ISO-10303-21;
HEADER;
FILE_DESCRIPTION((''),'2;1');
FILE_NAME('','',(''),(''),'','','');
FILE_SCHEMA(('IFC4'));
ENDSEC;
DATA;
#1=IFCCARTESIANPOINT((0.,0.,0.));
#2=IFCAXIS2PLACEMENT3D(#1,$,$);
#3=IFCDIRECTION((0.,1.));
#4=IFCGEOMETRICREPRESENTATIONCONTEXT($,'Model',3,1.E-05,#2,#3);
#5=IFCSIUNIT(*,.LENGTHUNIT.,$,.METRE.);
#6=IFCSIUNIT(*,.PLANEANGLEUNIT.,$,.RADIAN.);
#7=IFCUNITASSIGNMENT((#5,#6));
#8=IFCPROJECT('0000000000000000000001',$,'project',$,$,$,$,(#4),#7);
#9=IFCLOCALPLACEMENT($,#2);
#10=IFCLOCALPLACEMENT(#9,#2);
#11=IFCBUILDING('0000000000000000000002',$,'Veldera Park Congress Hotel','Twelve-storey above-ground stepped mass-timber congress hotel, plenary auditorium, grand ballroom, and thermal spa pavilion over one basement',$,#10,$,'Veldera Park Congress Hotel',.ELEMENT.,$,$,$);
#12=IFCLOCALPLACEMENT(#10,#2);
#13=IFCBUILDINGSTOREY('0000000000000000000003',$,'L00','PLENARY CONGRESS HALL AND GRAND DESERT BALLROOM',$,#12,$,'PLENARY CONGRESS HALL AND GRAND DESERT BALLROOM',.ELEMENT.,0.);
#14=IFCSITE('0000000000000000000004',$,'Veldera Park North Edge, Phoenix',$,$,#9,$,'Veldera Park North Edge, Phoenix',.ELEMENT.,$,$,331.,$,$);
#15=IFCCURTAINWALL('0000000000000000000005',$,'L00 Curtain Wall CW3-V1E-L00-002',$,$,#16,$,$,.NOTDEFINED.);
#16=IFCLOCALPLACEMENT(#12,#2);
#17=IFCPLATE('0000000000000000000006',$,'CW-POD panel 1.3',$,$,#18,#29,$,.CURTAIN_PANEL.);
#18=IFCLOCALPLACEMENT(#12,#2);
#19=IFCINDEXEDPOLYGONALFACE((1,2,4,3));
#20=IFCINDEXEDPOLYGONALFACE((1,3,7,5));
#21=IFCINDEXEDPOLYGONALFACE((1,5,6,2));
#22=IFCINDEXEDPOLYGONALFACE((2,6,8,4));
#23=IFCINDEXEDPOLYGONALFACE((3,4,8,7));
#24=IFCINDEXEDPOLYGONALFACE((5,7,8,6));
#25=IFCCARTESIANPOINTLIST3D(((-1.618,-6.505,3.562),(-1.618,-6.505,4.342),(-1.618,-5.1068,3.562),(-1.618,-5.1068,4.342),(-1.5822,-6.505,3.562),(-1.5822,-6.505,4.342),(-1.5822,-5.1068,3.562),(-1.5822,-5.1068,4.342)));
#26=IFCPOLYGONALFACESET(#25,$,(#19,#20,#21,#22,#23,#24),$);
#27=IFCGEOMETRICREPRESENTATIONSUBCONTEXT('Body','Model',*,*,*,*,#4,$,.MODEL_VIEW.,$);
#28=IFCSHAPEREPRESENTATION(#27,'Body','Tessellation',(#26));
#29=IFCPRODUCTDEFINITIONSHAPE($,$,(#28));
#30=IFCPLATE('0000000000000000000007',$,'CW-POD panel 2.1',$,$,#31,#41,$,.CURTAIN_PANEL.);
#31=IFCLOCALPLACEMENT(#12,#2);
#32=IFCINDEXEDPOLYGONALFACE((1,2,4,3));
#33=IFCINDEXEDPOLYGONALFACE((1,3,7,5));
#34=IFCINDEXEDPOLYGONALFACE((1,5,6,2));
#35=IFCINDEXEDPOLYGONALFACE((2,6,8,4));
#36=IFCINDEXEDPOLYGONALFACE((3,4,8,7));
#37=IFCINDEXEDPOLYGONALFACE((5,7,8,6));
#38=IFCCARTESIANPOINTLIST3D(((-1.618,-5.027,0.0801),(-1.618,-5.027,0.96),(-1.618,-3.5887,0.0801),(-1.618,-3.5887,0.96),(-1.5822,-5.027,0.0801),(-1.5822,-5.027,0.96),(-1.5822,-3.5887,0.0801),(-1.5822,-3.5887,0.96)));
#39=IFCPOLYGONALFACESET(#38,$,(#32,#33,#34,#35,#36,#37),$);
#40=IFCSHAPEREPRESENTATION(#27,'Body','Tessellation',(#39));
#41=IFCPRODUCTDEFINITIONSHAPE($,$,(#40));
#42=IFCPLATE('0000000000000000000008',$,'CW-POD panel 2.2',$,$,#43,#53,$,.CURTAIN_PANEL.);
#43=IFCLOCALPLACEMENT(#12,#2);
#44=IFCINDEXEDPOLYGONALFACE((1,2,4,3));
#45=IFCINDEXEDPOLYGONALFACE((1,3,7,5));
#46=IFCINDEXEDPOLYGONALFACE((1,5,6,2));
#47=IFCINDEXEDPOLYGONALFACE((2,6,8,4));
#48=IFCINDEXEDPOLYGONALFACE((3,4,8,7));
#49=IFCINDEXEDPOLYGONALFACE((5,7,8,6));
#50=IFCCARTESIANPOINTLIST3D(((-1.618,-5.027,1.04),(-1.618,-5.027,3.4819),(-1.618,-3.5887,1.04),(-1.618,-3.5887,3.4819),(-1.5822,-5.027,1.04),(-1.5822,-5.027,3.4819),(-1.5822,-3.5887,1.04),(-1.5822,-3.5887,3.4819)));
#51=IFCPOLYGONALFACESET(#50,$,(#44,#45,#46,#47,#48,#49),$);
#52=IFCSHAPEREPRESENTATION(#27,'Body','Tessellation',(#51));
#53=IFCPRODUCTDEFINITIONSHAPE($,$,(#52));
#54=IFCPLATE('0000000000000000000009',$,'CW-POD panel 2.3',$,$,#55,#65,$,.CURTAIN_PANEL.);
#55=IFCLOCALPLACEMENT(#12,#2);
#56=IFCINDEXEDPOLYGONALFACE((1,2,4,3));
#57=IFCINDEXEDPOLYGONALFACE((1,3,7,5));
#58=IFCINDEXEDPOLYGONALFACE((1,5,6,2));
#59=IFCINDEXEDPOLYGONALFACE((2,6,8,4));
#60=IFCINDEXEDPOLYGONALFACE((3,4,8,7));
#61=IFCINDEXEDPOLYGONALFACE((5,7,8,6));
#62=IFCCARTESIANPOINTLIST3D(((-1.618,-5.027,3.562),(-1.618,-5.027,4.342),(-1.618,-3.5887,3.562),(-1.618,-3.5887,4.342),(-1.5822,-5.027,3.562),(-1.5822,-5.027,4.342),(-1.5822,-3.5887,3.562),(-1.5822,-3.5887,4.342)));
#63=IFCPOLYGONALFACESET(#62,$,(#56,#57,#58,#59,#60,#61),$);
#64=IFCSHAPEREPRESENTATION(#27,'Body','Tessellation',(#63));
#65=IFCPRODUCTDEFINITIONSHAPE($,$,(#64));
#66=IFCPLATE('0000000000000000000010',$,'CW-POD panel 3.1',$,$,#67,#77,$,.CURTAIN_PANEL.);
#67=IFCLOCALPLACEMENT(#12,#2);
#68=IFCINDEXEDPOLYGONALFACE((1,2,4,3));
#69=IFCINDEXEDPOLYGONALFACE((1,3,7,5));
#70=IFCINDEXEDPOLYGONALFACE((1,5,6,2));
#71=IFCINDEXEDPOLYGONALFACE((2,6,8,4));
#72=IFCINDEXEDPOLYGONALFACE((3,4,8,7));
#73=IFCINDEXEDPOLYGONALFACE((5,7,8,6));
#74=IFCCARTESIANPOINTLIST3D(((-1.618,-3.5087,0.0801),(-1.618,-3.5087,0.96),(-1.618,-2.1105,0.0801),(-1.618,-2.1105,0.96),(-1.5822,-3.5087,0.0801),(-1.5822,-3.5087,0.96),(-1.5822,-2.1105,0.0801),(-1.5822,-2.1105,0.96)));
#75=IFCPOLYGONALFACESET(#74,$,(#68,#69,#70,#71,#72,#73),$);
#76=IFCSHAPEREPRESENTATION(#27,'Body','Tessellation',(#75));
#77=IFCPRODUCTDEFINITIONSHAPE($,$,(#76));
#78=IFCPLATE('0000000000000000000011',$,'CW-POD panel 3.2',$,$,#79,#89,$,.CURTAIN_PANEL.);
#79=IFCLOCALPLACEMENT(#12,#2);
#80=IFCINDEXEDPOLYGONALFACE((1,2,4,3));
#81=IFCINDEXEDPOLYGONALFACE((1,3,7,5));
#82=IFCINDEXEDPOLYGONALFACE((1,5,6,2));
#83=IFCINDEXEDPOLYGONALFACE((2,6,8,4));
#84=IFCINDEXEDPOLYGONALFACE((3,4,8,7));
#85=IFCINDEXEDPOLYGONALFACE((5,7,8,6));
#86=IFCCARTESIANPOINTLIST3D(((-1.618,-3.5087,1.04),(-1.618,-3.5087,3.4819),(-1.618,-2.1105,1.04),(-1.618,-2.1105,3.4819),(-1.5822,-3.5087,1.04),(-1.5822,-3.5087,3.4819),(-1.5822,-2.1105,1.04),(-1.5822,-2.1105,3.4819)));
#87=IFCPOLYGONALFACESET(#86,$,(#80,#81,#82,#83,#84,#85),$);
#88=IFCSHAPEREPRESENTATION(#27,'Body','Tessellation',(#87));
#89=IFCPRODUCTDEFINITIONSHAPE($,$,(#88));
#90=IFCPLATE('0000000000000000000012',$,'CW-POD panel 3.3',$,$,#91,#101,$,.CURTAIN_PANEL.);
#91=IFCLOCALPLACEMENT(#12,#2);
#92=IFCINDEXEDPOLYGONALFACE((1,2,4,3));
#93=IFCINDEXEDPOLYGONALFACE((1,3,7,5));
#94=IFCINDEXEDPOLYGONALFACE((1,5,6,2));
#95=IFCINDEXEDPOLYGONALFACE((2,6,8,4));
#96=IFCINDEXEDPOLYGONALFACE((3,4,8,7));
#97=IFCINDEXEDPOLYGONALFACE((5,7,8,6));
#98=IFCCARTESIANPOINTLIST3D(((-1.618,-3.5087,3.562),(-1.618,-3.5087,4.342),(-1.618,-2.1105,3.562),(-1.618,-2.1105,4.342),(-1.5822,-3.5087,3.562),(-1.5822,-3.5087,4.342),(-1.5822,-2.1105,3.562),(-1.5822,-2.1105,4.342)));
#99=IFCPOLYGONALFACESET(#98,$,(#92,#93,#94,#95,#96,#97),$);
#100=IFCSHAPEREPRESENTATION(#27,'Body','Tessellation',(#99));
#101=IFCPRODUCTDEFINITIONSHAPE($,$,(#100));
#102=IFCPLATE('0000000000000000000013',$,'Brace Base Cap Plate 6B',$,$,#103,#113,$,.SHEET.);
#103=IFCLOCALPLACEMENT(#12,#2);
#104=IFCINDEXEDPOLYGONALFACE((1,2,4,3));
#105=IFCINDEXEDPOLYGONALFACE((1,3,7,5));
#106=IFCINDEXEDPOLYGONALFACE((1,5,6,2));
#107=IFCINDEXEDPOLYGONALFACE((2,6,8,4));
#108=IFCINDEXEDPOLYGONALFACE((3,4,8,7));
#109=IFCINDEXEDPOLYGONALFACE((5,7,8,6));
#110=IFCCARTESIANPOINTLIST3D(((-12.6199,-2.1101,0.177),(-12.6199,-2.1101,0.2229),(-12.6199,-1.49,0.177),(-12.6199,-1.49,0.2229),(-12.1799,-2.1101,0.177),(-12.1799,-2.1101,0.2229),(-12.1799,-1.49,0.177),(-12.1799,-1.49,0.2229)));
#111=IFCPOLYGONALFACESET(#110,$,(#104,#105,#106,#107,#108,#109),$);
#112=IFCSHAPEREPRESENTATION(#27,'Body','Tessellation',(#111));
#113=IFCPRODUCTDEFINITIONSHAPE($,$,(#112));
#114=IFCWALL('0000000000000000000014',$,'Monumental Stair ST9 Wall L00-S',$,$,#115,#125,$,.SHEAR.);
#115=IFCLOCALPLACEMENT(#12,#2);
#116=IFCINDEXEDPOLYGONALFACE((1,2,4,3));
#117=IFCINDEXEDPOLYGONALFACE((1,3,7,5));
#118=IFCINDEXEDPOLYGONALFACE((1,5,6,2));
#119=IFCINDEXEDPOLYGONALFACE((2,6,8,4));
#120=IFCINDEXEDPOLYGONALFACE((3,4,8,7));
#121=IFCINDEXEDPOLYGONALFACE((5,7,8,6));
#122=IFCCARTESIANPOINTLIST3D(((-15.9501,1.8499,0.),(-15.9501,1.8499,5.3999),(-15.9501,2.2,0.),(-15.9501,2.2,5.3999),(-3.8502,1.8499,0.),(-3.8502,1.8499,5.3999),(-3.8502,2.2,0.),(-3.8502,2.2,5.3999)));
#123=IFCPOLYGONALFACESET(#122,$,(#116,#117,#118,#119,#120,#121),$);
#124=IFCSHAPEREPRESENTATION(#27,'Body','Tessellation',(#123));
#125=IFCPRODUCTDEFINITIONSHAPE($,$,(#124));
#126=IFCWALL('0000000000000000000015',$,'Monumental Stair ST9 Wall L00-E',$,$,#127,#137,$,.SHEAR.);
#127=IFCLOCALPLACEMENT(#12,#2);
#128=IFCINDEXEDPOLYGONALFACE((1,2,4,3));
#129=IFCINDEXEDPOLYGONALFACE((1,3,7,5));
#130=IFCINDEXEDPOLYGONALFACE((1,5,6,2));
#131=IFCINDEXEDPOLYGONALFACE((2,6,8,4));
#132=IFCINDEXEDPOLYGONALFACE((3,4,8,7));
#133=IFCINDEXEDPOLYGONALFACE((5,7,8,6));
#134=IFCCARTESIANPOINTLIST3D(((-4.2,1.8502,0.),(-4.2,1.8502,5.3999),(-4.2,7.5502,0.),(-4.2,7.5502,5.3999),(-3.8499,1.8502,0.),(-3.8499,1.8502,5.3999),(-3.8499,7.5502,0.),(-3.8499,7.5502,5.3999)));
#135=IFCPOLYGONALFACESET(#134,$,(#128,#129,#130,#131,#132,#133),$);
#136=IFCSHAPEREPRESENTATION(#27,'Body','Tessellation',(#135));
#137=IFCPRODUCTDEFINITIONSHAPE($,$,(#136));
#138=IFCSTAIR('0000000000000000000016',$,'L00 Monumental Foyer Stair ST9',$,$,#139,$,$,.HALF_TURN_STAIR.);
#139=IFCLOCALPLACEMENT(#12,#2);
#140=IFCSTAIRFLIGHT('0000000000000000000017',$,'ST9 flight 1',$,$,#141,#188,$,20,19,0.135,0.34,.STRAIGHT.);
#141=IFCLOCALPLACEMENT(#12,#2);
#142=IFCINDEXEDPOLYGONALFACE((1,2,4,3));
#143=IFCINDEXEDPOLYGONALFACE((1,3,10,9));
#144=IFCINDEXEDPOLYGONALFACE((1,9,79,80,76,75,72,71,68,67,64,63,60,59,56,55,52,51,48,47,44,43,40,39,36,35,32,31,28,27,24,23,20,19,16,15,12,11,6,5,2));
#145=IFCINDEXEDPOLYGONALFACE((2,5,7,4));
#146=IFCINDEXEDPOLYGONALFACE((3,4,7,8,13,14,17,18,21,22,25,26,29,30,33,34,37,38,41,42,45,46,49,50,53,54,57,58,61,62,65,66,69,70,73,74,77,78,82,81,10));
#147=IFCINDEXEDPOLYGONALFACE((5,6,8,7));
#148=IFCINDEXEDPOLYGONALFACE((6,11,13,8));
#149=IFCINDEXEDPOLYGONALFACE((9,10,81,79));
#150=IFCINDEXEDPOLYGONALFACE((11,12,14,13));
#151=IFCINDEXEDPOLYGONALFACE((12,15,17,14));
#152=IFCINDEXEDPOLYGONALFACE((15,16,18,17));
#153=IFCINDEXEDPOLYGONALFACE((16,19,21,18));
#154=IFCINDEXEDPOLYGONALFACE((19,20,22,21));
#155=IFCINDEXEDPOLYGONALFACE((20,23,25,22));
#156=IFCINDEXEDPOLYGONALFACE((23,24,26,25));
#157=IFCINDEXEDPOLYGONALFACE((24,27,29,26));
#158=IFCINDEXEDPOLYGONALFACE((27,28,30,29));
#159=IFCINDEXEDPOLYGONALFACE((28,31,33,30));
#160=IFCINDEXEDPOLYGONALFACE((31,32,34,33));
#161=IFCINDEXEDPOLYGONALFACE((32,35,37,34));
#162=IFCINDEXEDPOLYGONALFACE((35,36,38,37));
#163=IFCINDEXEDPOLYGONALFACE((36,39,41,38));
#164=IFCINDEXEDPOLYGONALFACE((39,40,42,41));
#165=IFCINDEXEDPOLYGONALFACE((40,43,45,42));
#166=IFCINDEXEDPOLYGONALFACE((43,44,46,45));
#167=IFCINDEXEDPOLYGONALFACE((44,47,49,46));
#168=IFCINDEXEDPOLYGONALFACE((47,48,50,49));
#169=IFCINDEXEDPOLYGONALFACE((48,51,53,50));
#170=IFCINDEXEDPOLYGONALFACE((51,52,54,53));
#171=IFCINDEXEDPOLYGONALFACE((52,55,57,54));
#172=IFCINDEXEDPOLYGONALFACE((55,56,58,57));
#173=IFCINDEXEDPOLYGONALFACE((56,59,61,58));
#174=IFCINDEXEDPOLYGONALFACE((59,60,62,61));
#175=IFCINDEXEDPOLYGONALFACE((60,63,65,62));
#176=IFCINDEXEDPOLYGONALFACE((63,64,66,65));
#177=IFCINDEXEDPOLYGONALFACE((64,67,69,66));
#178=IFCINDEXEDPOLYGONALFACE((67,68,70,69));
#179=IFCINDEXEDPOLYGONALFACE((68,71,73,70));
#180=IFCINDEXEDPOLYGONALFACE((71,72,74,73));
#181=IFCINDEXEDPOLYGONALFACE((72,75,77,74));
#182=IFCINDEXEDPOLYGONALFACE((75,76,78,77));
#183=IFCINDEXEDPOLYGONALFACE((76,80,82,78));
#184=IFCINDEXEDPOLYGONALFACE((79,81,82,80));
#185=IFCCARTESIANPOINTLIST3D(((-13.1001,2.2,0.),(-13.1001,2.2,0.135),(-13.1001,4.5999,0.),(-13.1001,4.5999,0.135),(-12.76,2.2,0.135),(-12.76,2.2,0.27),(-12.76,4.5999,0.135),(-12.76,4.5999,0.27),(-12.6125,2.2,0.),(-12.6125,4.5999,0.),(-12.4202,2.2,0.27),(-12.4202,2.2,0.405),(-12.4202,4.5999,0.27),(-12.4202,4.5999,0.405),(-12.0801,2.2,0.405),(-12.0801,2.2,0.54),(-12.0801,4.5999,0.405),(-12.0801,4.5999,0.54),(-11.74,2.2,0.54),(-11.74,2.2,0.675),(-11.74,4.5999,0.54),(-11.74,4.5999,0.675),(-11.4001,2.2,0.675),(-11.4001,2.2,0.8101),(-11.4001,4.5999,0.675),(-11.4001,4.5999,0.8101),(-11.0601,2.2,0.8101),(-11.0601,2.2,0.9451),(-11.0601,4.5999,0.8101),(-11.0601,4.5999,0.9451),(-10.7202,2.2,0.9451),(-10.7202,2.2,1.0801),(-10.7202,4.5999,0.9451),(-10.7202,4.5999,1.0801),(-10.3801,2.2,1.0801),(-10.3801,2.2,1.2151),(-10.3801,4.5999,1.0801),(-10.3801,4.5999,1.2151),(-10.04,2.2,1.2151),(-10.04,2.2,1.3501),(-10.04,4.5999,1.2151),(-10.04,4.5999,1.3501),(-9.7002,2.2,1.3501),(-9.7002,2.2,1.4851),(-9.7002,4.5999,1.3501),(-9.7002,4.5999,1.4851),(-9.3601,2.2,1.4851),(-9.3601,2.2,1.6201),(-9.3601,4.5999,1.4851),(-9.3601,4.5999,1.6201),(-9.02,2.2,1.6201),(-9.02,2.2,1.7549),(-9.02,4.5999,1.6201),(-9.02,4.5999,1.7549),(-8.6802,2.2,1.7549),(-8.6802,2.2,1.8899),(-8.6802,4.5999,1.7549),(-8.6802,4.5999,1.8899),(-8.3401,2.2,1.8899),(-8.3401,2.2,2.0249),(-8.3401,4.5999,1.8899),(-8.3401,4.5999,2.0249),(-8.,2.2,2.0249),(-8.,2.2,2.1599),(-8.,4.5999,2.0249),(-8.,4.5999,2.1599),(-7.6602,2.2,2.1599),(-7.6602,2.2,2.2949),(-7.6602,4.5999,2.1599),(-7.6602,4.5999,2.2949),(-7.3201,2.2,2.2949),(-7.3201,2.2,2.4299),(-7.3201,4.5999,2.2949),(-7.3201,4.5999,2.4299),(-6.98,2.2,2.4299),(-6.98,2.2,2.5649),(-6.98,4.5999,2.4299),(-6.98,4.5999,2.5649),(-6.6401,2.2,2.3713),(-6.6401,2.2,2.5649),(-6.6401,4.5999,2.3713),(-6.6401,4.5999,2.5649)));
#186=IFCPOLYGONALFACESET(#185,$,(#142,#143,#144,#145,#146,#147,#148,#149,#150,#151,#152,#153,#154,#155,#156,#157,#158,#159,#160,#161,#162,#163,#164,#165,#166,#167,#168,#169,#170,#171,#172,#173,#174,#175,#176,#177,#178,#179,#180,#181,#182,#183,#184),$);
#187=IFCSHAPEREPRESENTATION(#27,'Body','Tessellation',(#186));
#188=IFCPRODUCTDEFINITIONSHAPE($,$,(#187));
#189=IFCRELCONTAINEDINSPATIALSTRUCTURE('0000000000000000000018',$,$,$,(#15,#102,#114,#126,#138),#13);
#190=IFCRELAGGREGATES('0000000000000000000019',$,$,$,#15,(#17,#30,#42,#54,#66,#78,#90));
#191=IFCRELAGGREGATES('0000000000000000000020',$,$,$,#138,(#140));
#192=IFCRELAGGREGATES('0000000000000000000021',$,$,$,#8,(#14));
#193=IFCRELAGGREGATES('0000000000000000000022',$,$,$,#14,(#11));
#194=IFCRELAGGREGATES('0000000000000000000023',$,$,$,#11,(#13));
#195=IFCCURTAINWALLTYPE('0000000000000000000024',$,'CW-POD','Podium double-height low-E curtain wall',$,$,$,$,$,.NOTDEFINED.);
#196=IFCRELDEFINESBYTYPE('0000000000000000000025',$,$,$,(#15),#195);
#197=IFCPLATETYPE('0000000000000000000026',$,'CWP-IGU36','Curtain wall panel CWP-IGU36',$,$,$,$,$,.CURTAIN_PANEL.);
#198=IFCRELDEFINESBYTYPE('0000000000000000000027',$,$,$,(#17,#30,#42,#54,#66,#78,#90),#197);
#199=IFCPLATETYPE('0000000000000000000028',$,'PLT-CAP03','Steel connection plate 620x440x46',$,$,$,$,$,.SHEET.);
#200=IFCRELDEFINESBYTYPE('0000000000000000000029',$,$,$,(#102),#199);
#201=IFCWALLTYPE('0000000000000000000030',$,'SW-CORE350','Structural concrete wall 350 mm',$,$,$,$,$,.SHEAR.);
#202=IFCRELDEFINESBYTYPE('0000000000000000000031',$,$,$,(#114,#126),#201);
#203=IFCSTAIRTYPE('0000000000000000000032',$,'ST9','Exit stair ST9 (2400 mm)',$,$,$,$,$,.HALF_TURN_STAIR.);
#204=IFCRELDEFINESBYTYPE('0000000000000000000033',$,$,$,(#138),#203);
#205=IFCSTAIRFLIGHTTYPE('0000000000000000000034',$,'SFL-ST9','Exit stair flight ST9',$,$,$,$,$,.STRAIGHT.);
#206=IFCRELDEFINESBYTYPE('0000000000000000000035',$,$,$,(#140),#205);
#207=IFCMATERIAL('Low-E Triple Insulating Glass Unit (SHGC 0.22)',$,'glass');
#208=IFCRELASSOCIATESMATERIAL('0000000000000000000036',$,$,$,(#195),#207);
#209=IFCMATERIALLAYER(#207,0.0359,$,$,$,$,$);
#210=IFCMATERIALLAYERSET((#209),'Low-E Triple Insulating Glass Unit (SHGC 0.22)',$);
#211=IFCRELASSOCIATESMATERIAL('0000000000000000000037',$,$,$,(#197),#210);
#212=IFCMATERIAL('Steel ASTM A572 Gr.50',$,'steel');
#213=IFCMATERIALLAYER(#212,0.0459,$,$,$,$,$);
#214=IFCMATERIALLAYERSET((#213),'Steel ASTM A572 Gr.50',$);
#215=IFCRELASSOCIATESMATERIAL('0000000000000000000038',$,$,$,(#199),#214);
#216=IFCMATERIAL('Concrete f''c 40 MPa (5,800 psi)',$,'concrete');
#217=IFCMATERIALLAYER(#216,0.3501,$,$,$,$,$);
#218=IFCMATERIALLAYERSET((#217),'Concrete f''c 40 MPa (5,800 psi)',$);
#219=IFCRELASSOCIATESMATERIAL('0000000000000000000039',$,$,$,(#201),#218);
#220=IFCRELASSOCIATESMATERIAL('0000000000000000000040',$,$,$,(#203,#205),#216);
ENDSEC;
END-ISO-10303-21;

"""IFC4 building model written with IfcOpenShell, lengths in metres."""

from ifc_helpers import new_model, si_unit, direction, frame, frame_2d, origin, origin_2d, place, context, subcontext, project, spatial, polyline, rectangle, outline, extrude, material, layer, layer_set, type_object, element, aggregate, save


model = new_model("IFC4")

# Units and contexts
model_context = context("Model", 3, precision=1e-05, world=origin(), true_north=direction((0.0, 1.0)))
body_context = subcontext(model_context, "Body", "Model", "MODEL_VIEW")
ifc_project = project(units=[si_unit("LENGTHUNIT", "METRE"), si_unit("PLANEANGLEUNIT", "RADIAN")], contexts=[model_context])

# Site, building, storey
site_placement = place(None, origin())
site = spatial("IfcSite", under=ifc_project, at=site_placement, Name="Veldera Park North Edge, Phoenix", LongName="Veldera Park North Edge, Phoenix", CompositionType="ELEMENT", RefElevation=331.0)
building_placement = place(site_placement, origin())
building = spatial("IfcBuilding", under=site, at=building_placement, Name="Veldera Park Congress Hotel", Description="Twelve-storey above-ground stepped mass-timber congress hotel, plenary auditorium, grand ballroom, and thermal spa pavilion over one basement", LongName="Veldera Park Congress Hotel", CompositionType="ELEMENT")
storey_placement = place(building_placement, origin())
storey = spatial("IfcBuildingStorey", under=building, at=storey_placement, Name="L00", Description="PLENARY CONGRESS HALL AND GRAND DESERT BALLROOM", LongName="PLENARY CONGRESS HALL AND GRAND DESERT BALLROOM", CompositionType="ELEMENT", Elevation=0.0)

# Curtain wall
ifc_material_1 = material(Name="Low-E Triple Insulating Glass Unit (SHGC 0.22)", Category="glass")
curtain_wall_type = type_object("IfcCurtainWallType", Name="CW-POD", Description="Podium double-height low-E curtain wall", PredefinedType="NOTDEFINED", material=ifc_material_1)
curtain_wall_1_placement = place(storey_placement, origin())
curtain_wall_1 = element("IfcCurtainWall", 1, at=curtain_wall_1_placement, inside=storey, type_object=curtain_wall_type, Name="L00 Curtain Wall CW3-V1E-L00-002", PredefinedType="NOTDEFINED")

# Plates
ifc_layer_1 = layer(ifc_material_1, 0.0359)
ifc_layer_set_1 = layer_set([ifc_layer_1], Name="Low-E Triple Insulating Glass Unit (SHGC 0.22)")
plate_type_1 = type_object("IfcPlateType", Name="CWP-IGU36", Description="Curtain wall panel CWP-IGU36", PredefinedType="CURTAIN_PANEL", material=ifc_layer_set_1)
plate_1_placement = place(storey_placement, frame((-1.6001, -5.8059, 3.562), z_axis=(0.0, 0.0, 1.0), x_axis=(0.0, 1.0, 0.0)))
plate_1 = element("IfcPlate", 2, at=plate_1_placement, type_object=plate_type_1, Name="CW-POD panel 1.3", PredefinedType="CURTAIN_PANEL", context=body_context, shape_type="SweptSolid", body=[
    extrude(rectangle(XDim=1.3982, YDim=0.0359, at=origin_2d()), origin(), (0.0, 0.0, 1.0), 0.78),
])
plate_2_placement = place(storey_placement, frame((-1.6001, -4.3079, 0.0801), z_axis=(0.0, 0.0, 1.0), x_axis=(0.0, 1.0, 0.0)))
plate_2 = element("IfcPlate", 3, at=plate_2_placement, type_object=plate_type_1, Name="CW-POD panel 2.1", PredefinedType="CURTAIN_PANEL", context=body_context, shape_type="SweptSolid", body=[
    extrude(rectangle(XDim=1.4382, YDim=0.0359, at=origin_2d()), origin(), (0.0, 0.0, 1.0), 0.8799),
])
plate_3_placement = place(storey_placement, frame((-1.6001, -4.3079, 1.04), z_axis=(0.0, 0.0, 1.0), x_axis=(0.0, 1.0, 0.0)))
plate_3 = element("IfcPlate", 4, at=plate_3_placement, type_object=plate_type_1, Name="CW-POD panel 2.2", PredefinedType="CURTAIN_PANEL", context=body_context, shape_type="SweptSolid", body=[
    extrude(rectangle(XDim=1.4382, YDim=0.0359, at=origin_2d()), origin(), (0.0, 0.0, 1.0), 2.4419),
])
plate_4_placement = place(storey_placement, frame((-1.6001, -4.3079, 3.562), z_axis=(0.0, 0.0, 1.0), x_axis=(0.0, 1.0, 0.0)))
plate_4 = element("IfcPlate", 5, at=plate_4_placement, type_object=plate_type_1, Name="CW-POD panel 2.3", PredefinedType="CURTAIN_PANEL", context=body_context, shape_type="SweptSolid", body=[
    extrude(rectangle(XDim=1.4382, YDim=0.0359, at=origin_2d()), origin(), (0.0, 0.0, 1.0), 0.78),
])
plate_5_placement = place(storey_placement, frame((-1.6001, -2.8096, 0.0801), z_axis=(0.0, 0.0, 1.0), x_axis=(0.0, 1.0, 0.0)))
plate_5 = element("IfcPlate", 6, at=plate_5_placement, type_object=plate_type_1, Name="CW-POD panel 3.1", PredefinedType="CURTAIN_PANEL", context=body_context, shape_type="SweptSolid", body=[
    extrude(rectangle(XDim=1.3982, YDim=0.0359, at=origin_2d()), origin(), (0.0, 0.0, 1.0), 0.8799),
])
plate_6_placement = place(storey_placement, frame((-1.6001, -2.8096, 1.04), z_axis=(0.0, 0.0, 1.0), x_axis=(0.0, 1.0, 0.0)))
plate_6 = element("IfcPlate", 7, at=plate_6_placement, type_object=plate_type_1, Name="CW-POD panel 3.2", PredefinedType="CURTAIN_PANEL", context=body_context, shape_type="SweptSolid", body=[
    extrude(rectangle(XDim=1.3982, YDim=0.0359, at=origin_2d()), origin(), (0.0, 0.0, 1.0), 2.4419),
])
plate_7_placement = place(storey_placement, frame((-1.6001, -2.8096, 3.562), z_axis=(0.0, 0.0, 1.0), x_axis=(0.0, 1.0, 0.0)))
plate_7 = element("IfcPlate", 8, at=plate_7_placement, type_object=plate_type_1, Name="CW-POD panel 3.3", PredefinedType="CURTAIN_PANEL", context=body_context, shape_type="SweptSolid", body=[
    extrude(rectangle(XDim=1.3982, YDim=0.0359, at=origin_2d()), origin(), (0.0, 0.0, 1.0), 0.78),
])
aggregate(curtain_wall_1, [plate_1, plate_2, plate_3, plate_4, plate_5, plate_6, plate_7])
ifc_material_2 = material(Name="Steel ASTM A572 Gr.50", Category="steel")
ifc_layer_2 = layer(ifc_material_2, 0.0459)
ifc_layer_set_2 = layer_set([ifc_layer_2], Name="Steel ASTM A572 Gr.50")
plate_type_2 = type_object("IfcPlateType", Name="PLT-CAP03", Description="Steel connection plate 620x440x46", PredefinedType="SHEET", material=ifc_layer_set_2)
plate_8_placement = place(storey_placement, frame((-12.3999, -1.8, 0.177), z_axis=(0.0, 0.0, 1.0), x_axis=(0.0, 1.0, 0.0)))
element("IfcPlate", 9, at=plate_8_placement, inside=storey, type_object=plate_type_2, Name="Brace Base Cap Plate 6B", PredefinedType="SHEET", context=body_context, shape_type="SweptSolid", body=[
    extrude(rectangle(XDim=0.6201, YDim=0.4399, at=origin_2d()), origin(), (0.0, 0.0, 1.0), 0.0459),
])

# Walls
ifc_material_3 = material(Name="Concrete f'c 40 MPa (5,800 psi)", Category="concrete")
ifc_layer_3 = layer(ifc_material_3, 0.3501)
ifc_layer_set_3 = layer_set([ifc_layer_3], Name="Concrete f'c 40 MPa (5,800 psi)")
wall_type = type_object("IfcWallType", Name="SW-CORE350", Description="Structural concrete wall 350 mm", PredefinedType="SHEAR", material=ifc_layer_set_3)
wall_1_placement = place(storey_placement, frame((-15.95, 2.0249, 0.0), z_axis=(0.0, 0.0, 1.0), x_axis=(1.0, 0.0, 0.0)))
element("IfcWall", 10, at=wall_1_placement, inside=storey, type_object=wall_type, Name="Monumental Stair ST9 Wall L00-S", PredefinedType="SHEAR", context=body_context, shape_type="SweptSolid", body=[
    extrude(rectangle(XDim=12.0999, YDim=0.3501, at=frame_2d((6.0498, 0.0))), origin(), (0.0, 0.0, 1.0), 5.3999),
])
wall_2_placement = place(storey_placement, frame((-4.0249, 1.8501, 0.0), z_axis=(0.0, 0.0, 1.0), x_axis=(0.0, 1.0, 0.0)))
element("IfcWall", 11, at=wall_2_placement, inside=storey, type_object=wall_type, Name="Monumental Stair ST9 Wall L00-E", PredefinedType="SHEAR", context=body_context, shape_type="SweptSolid", body=[
    extrude(rectangle(XDim=5.7, YDim=0.3501, at=frame_2d((2.8501, 0.0))), origin(), (0.0, 0.0, 1.0), 5.3999),
])

# Stair, stair flight
stair_type = type_object("IfcStairType", Name="ST9", Description="Exit stair ST9 (2400 mm)", PredefinedType="HALF_TURN_STAIR", material=ifc_material_3)
stair_placement = place(storey_placement, origin())
stair = element("IfcStair", 12, at=stair_placement, inside=storey, type_object=stair_type, Name="L00 Monumental Foyer Stair ST9", PredefinedType="HALF_TURN_STAIR")
stair_flight_type = type_object("IfcStairFlightType", Name="SFL-ST9", Description="Exit stair flight ST9", PredefinedType="STRAIGHT", material=ifc_material_3)
stair_flight_1_placement = place(storey_placement, frame((-13.1001, 3.3999, 0.0), z_axis=(0.0, 0.0, 1.0), x_axis=(1.0, 0.0, 0.0)))
stair_flight_1 = element("IfcStairFlight", 13, at=stair_flight_1_placement, type_object=stair_flight_type, Name="ST9 flight 1", NumberOfRisers=20, NumberOfTreads=19, PredefinedType="STRAIGHT", RiserHeight=0.135, TreadLength=0.34, context=body_context, shape_type="SweptSolid", body=[
    extrude(outline(polyline([(0.0, 0.0), (0.0, 0.135), (0.3401, 0.135), (0.3401, 0.27), (0.6799, 0.27), (0.6799, 0.405), (1.02, 0.405), (1.02, 0.54), (1.3601, 0.54), (1.3601, 0.675), (1.7, 0.675), (1.7, 0.8101), (2.04, 0.8101), (2.04, 0.9451), (2.3799, 0.9451), (2.3799, 1.0801), (2.72, 1.0801), (2.72, 1.2151), (3.0601, 1.2151), (3.0601, 1.3501), (3.3999, 1.3501), (3.3999, 1.4851), (3.74, 1.4851), (3.74, 1.6201), (4.0801, 1.6201), (4.0801, 1.7549), (4.4199, 1.7549), (4.4199, 1.8899), (4.76, 1.8899), (4.76, 2.0249), (5.1001, 2.0249), (5.1001, 2.1599), (5.4399, 2.1599), (5.4399, 2.2949), (5.78, 2.2949), (5.78, 2.4299), (6.1201, 2.4299), (6.1201, 2.5649), (6.46, 2.5649), (6.46, 2.7), (6.46, 2.7), (6.46, 2.3713), (0.4875, 0.0), (0.0, 0.0)])), frame((0.0, 1.2, 0.0), z_axis=(0.0, -1.0, 0.0), x_axis=(1.0, 0.0, 0.0)), (0.0, 0.0, 1.0), 2.3999),
])
aggregate(stair, [stair_flight_1])

save(model, "model.ifc")
